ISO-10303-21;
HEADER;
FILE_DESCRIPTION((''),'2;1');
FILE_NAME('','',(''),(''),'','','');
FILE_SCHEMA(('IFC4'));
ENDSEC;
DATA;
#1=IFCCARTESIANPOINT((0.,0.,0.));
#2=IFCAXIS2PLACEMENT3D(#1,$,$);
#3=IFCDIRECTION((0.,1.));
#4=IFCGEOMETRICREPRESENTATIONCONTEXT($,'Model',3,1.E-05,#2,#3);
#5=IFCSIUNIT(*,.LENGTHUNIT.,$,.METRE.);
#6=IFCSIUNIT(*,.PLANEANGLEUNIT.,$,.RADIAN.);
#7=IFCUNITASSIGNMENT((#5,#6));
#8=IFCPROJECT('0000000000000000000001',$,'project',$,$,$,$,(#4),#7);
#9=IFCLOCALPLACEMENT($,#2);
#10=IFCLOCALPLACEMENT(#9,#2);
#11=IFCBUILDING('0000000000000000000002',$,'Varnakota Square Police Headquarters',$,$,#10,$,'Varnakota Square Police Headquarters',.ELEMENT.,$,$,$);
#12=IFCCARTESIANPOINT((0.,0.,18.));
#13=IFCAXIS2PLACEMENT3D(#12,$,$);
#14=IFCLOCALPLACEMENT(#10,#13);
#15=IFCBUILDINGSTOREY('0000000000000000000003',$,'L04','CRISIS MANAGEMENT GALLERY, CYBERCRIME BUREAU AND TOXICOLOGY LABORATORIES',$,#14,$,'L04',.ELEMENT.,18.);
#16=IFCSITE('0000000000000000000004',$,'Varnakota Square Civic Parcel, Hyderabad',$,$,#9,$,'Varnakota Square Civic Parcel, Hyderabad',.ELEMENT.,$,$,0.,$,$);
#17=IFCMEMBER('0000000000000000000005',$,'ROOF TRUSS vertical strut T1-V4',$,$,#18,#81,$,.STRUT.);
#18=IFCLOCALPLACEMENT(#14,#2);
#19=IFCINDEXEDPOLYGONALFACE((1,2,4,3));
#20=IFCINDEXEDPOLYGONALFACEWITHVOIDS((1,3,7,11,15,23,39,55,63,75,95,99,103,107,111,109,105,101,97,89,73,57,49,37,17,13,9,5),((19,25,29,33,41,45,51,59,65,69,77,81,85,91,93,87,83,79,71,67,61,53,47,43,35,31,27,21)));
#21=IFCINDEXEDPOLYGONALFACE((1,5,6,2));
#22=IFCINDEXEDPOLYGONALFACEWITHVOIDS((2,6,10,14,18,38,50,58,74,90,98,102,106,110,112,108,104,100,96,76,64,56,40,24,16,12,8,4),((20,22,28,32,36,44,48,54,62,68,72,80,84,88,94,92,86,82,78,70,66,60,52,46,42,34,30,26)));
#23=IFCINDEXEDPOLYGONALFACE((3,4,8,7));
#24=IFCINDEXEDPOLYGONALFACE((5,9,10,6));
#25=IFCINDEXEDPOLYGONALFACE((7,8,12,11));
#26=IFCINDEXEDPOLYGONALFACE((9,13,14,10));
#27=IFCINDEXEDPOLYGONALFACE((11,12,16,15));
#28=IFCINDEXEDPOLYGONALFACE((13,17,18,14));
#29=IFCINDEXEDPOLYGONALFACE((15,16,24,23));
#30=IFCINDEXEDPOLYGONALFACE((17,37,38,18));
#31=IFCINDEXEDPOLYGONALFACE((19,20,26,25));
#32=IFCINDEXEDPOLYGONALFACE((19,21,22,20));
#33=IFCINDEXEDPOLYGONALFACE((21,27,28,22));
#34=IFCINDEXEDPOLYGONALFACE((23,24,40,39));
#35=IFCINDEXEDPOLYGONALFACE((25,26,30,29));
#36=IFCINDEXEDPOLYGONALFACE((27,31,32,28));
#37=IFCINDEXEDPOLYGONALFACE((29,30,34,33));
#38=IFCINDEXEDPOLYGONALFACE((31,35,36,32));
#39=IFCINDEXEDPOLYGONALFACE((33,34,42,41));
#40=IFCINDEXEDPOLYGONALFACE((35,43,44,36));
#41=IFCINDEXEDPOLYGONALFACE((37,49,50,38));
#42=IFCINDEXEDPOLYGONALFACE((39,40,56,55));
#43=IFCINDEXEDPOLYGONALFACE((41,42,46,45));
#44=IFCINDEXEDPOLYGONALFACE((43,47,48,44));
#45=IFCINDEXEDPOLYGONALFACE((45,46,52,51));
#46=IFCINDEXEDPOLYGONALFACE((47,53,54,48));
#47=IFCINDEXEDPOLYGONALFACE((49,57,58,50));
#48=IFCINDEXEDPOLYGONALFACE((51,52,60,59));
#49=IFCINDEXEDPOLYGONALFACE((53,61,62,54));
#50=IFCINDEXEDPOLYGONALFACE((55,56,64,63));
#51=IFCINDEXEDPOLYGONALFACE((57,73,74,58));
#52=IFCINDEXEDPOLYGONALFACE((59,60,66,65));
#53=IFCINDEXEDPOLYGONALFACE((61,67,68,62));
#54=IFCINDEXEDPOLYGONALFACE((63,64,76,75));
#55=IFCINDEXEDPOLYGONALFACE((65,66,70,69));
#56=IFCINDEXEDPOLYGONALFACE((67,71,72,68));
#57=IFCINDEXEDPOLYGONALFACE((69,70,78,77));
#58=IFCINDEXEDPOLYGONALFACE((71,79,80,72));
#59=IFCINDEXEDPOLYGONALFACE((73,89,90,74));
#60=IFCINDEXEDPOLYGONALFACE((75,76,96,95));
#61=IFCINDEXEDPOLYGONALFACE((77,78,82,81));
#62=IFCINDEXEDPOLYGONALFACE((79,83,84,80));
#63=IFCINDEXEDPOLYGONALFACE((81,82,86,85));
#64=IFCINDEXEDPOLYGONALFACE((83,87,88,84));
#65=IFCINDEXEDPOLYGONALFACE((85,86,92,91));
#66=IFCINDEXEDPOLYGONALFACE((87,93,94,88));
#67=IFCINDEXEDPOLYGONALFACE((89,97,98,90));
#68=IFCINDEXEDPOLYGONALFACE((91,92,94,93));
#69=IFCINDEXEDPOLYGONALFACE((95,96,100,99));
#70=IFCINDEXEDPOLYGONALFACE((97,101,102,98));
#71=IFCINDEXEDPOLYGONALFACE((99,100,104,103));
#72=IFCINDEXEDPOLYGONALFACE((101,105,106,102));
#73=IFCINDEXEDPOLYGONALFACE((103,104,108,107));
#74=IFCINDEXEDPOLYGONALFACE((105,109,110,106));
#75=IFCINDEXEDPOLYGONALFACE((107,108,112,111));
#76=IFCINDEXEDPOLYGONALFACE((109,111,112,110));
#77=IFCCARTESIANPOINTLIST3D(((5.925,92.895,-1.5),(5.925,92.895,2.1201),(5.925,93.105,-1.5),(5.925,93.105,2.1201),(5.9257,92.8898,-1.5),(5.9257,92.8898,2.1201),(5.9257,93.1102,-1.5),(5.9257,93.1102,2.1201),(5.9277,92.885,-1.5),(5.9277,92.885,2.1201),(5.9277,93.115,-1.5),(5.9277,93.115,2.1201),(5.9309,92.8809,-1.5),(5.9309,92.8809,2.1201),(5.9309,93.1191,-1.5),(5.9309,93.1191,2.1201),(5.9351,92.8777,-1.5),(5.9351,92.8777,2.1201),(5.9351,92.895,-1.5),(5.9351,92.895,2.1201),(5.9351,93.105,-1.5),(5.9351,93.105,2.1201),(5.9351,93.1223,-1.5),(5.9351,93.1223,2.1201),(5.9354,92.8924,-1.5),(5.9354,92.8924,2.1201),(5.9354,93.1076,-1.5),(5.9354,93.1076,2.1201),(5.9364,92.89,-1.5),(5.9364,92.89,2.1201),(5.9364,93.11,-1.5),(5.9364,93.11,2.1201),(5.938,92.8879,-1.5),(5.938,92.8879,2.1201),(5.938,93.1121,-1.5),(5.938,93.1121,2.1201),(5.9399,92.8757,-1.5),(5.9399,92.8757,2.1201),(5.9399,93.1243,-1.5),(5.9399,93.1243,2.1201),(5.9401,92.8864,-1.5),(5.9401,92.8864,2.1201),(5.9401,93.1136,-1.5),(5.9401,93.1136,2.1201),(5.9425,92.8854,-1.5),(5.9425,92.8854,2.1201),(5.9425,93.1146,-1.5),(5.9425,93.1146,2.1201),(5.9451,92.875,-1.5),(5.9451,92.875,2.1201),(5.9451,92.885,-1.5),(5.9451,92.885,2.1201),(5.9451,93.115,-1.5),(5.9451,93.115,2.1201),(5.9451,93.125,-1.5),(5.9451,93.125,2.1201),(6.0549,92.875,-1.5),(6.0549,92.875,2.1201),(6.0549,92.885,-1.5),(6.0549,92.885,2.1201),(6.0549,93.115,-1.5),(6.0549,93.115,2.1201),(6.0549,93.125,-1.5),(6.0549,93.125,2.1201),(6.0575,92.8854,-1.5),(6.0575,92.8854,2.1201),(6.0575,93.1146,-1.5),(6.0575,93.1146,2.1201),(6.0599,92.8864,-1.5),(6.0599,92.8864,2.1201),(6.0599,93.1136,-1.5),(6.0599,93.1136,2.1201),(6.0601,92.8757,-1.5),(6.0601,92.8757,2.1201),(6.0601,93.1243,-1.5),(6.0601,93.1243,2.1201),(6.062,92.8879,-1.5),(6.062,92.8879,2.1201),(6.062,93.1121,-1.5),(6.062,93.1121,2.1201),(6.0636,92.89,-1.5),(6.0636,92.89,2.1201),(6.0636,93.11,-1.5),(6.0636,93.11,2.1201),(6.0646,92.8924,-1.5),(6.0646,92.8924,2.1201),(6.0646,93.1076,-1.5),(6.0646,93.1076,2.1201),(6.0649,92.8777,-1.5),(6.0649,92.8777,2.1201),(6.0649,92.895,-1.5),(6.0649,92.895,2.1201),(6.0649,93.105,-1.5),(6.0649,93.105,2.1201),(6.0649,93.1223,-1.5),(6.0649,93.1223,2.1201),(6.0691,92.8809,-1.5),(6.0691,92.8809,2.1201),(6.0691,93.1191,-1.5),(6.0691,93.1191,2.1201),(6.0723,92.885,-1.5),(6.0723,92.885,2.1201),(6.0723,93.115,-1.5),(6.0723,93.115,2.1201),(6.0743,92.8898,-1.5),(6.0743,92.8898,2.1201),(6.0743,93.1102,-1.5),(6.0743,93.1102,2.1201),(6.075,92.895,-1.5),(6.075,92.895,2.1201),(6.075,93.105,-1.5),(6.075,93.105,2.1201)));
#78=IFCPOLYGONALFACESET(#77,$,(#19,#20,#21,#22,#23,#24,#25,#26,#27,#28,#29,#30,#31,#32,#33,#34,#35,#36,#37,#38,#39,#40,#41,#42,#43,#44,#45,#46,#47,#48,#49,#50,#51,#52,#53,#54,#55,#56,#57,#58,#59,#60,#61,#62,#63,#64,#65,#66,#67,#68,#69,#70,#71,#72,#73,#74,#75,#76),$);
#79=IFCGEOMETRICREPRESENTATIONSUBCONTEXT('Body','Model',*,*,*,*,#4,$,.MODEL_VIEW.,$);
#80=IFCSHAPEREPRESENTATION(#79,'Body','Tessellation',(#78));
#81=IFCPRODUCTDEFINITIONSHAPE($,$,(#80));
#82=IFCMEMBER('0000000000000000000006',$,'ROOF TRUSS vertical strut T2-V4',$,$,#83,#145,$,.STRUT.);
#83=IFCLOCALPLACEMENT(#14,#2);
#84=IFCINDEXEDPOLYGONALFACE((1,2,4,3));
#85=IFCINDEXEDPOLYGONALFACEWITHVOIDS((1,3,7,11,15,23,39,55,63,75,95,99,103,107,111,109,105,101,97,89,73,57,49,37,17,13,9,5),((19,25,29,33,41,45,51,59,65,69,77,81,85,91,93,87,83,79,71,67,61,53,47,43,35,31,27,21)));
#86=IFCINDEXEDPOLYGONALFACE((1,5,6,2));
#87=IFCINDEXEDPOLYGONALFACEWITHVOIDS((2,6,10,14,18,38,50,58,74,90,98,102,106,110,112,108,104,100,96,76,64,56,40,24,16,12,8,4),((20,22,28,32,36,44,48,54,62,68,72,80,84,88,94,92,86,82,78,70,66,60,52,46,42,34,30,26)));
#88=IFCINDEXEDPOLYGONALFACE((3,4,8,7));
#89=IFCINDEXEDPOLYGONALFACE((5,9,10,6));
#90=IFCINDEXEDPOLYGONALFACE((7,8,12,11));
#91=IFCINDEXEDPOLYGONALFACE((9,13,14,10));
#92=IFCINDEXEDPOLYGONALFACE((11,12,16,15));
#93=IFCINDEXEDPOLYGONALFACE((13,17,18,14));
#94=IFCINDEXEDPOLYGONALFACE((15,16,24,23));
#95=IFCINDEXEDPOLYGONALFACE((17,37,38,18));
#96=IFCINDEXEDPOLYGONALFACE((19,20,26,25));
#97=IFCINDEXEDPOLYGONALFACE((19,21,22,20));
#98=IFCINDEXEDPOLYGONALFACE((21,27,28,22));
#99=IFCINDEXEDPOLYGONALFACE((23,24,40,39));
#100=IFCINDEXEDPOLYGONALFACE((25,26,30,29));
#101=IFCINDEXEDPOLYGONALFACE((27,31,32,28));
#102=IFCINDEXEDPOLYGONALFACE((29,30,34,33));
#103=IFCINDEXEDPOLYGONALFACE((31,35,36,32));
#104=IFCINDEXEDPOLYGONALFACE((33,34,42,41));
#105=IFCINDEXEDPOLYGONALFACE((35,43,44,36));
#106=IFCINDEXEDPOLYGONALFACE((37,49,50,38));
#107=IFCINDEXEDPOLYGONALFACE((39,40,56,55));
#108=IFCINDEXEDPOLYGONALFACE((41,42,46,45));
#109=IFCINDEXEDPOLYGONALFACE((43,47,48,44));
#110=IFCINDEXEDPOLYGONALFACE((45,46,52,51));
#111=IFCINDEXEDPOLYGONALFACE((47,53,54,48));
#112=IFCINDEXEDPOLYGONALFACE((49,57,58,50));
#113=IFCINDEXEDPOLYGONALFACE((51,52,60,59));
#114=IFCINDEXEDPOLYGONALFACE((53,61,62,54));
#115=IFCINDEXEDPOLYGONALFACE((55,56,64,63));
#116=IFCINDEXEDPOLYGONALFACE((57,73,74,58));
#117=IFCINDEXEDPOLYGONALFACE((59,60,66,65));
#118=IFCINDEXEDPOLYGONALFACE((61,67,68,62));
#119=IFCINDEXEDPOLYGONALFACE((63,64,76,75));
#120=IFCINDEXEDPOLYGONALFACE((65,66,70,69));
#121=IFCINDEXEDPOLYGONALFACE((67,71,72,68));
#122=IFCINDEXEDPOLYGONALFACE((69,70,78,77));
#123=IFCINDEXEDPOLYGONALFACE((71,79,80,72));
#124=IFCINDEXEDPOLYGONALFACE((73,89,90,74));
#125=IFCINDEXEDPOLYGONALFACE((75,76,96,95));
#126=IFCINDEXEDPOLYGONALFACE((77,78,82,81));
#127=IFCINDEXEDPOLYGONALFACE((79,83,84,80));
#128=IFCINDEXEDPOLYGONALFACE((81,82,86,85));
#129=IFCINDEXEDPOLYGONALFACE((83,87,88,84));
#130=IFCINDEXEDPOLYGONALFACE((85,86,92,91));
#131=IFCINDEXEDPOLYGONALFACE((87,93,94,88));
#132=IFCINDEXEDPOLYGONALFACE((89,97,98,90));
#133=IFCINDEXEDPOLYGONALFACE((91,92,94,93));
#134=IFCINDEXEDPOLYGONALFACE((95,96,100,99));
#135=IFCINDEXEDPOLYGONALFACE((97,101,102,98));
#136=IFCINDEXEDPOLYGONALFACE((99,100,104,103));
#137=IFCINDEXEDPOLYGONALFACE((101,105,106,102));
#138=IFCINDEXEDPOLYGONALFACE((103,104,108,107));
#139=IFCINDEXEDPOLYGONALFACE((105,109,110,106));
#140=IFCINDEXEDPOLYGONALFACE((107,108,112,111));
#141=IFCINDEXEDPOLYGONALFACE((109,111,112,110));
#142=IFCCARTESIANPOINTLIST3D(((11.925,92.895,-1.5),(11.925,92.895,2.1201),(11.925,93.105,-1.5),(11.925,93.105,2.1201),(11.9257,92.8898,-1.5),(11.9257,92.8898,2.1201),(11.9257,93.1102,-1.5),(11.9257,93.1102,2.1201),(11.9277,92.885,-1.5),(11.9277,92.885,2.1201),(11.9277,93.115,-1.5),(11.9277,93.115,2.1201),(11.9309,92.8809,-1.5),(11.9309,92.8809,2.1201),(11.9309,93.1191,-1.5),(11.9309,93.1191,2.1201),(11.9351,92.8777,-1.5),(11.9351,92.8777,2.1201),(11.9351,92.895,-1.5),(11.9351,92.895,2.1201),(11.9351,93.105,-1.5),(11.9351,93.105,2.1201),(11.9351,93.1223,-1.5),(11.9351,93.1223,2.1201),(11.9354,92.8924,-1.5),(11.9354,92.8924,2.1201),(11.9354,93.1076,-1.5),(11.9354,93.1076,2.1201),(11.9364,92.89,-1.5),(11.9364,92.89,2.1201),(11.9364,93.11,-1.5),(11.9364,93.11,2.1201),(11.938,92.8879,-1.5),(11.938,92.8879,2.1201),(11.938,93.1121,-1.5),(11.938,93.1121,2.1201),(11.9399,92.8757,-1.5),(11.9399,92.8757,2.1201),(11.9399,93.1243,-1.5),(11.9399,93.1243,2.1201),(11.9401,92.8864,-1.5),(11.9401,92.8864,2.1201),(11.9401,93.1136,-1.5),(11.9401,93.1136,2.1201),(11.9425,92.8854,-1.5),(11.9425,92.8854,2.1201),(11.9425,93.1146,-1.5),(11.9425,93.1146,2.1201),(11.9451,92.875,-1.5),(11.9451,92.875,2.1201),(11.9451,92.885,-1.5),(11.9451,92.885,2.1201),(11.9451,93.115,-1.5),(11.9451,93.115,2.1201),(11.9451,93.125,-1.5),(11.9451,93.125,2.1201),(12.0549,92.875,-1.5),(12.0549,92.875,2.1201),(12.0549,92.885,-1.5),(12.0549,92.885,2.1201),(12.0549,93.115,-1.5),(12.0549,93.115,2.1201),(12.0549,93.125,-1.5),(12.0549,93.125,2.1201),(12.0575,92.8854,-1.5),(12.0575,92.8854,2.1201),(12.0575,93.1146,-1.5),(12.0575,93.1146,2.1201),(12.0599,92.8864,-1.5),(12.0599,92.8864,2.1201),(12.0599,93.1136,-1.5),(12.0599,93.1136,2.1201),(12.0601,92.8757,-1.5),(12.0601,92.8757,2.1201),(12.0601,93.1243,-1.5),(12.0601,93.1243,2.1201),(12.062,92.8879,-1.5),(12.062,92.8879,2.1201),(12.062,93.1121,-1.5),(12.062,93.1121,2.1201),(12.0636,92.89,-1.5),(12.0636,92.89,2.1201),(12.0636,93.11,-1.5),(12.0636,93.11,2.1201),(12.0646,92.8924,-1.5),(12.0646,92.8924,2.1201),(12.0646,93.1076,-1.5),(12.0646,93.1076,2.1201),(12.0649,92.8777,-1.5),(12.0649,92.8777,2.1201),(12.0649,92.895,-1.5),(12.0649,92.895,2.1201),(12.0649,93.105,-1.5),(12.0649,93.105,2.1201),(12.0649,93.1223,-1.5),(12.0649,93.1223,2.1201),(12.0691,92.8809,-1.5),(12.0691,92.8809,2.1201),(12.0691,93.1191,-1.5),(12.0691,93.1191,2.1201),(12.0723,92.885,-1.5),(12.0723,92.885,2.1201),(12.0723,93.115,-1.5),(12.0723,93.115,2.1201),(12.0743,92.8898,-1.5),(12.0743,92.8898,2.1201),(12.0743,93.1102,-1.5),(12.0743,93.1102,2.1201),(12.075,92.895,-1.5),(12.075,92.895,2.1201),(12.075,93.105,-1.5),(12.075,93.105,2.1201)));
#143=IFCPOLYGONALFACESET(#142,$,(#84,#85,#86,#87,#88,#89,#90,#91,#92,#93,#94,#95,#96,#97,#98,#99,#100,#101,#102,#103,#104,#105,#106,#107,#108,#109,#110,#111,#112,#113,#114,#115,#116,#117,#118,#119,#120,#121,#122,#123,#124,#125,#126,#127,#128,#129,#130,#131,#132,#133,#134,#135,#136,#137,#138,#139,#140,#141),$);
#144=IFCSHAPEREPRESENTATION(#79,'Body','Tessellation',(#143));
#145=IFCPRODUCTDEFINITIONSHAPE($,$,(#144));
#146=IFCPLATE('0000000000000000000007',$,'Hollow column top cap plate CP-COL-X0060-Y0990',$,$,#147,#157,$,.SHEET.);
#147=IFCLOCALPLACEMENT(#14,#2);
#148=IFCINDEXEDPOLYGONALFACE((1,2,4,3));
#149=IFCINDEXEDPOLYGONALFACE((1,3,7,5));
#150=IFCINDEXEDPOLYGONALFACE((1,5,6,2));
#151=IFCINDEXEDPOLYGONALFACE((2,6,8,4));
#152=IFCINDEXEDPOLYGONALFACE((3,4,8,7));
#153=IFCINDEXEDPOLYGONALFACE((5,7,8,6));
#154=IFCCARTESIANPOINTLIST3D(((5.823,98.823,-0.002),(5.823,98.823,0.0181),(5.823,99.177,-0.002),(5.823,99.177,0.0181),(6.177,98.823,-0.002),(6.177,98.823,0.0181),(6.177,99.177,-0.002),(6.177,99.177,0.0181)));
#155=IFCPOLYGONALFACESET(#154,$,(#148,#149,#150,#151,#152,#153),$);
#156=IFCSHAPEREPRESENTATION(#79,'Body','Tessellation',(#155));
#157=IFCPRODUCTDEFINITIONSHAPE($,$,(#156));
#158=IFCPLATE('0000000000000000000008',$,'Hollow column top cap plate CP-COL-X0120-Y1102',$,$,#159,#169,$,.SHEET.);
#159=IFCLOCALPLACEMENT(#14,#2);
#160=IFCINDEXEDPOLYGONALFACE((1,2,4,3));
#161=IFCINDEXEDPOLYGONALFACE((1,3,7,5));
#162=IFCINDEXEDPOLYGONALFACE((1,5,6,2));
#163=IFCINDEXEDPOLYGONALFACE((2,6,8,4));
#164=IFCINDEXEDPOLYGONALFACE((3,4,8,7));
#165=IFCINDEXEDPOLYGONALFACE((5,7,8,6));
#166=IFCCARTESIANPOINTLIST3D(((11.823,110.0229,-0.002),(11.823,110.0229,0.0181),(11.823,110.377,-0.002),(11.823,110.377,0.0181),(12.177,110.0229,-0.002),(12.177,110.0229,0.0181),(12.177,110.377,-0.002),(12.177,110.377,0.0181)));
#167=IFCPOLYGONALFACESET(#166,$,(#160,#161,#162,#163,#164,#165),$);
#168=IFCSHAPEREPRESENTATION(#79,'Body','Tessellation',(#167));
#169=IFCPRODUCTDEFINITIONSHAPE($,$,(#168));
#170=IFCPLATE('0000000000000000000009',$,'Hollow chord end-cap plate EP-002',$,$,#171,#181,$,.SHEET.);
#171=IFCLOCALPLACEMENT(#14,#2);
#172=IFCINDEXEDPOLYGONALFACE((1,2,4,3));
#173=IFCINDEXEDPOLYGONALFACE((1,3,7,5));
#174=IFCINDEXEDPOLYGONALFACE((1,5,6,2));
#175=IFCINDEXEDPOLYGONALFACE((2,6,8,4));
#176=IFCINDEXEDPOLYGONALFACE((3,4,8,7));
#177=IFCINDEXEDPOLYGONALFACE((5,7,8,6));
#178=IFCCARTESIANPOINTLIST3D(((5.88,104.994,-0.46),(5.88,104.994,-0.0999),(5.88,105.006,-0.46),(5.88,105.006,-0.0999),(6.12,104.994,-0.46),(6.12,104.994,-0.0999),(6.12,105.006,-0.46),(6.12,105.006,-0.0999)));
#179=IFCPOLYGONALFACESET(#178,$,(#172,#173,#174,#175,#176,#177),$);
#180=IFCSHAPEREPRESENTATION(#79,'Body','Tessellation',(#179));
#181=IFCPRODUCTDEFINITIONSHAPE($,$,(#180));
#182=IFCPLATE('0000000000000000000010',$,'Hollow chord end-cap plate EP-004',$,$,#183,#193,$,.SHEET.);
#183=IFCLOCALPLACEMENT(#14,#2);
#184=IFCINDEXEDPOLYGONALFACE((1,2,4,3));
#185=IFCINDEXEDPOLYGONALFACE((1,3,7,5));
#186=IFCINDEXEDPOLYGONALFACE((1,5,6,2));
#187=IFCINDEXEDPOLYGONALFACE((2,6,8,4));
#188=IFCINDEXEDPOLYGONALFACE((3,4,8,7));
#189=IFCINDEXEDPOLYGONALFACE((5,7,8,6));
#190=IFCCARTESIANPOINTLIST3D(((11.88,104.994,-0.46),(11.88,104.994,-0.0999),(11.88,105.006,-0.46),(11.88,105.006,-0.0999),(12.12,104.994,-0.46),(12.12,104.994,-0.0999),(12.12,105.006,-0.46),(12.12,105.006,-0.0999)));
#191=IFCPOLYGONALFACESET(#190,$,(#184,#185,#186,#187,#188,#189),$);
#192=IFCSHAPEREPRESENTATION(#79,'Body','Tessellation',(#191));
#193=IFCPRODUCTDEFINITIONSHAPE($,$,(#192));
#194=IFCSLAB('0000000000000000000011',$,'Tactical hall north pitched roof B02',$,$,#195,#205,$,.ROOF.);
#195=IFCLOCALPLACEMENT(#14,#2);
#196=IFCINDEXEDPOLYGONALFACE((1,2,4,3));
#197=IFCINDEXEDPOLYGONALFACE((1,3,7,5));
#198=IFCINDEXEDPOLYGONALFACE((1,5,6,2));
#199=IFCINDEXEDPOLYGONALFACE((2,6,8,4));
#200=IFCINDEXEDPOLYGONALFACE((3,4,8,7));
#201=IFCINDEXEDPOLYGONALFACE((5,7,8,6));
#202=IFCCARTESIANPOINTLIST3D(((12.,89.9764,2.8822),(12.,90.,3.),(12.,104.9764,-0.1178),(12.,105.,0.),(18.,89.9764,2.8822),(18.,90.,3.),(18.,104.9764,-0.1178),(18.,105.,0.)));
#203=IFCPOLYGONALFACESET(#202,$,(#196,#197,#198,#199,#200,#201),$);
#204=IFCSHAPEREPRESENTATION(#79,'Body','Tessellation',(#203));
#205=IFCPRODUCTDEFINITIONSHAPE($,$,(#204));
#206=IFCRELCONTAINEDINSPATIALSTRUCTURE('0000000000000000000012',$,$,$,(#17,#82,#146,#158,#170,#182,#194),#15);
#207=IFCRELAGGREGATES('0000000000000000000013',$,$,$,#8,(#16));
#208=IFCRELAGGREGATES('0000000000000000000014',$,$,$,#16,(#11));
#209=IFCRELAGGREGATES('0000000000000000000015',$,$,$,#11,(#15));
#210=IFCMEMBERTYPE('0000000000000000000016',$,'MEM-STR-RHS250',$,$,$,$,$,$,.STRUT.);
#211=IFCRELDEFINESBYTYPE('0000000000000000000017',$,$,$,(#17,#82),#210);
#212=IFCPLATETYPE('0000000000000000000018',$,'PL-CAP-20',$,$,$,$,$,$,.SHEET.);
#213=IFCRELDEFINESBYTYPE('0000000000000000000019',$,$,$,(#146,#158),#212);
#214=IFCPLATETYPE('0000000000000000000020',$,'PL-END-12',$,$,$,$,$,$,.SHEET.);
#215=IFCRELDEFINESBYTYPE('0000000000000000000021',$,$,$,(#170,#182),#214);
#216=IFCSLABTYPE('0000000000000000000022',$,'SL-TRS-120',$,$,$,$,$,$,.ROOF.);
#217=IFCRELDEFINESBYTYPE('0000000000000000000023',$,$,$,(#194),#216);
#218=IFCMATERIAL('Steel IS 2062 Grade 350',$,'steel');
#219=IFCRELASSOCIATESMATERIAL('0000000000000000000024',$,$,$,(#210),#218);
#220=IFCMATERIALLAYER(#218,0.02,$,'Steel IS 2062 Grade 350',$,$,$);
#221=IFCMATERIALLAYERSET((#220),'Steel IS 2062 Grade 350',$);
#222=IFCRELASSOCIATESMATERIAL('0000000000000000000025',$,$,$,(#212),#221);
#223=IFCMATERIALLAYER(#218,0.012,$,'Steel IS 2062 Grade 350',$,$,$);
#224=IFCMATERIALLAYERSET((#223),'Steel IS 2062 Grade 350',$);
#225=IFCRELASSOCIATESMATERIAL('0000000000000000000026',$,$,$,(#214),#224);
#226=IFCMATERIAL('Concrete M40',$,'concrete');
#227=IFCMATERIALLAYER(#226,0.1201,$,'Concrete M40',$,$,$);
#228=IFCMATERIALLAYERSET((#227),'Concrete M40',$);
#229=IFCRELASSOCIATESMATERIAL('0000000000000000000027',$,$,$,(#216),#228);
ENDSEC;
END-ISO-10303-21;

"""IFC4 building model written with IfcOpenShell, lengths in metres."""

from ifc_helpers import new_model, si_unit, direction, frame, origin, origin_2d, place, context, subcontext, project, spatial, polyline, rectangle, hollow_rectangle, outline, extrude, material, layer, layer_set, material_profile, profile_set, type_object, element, save


model = new_model("IFC4")

# Units and contexts
model_context = context("Model", 3, precision=1e-05, world=origin(), true_north=direction((0.0, 1.0)))
body_context = subcontext(model_context, "Body", "Model", "MODEL_VIEW")
ifc_project = project(units=[si_unit("LENGTHUNIT", "METRE"), si_unit("PLANEANGLEUNIT", "RADIAN")], contexts=[model_context])

# Site, building, storey
site_placement = place(None, origin())
site = spatial("IfcSite", under=ifc_project, at=site_placement, Name="Varnakota Square Civic Parcel, Hyderabad", LongName="Varnakota Square Civic Parcel, Hyderabad", CompositionType="ELEMENT", RefElevation=0.0)
building_placement = place(site_placement, origin())
building = spatial("IfcBuilding", under=site, at=building_placement, Name="Varnakota Square Police Headquarters", LongName="Varnakota Square Police Headquarters", CompositionType="ELEMENT")
storey_placement = place(building_placement, frame((0.0, 0.0, 18.0)))
storey = spatial("IfcBuildingStorey", under=building, at=storey_placement, Name="L04", Description="CRISIS MANAGEMENT GALLERY, CYBERCRIME BUREAU AND TOXICOLOGY LABORATORIES", LongName="L04", CompositionType="ELEMENT", Elevation=18.0)

# Shared definitions
ifc_material_1 = material(Name="Steel IS 2062 Grade 350", Category="steel")

# Members
ifc_material_profile_1 = material_profile(ifc_material_1, hollow_rectangle(XDim=0.1499, YDim=0.25, WallThickness=0.01, InnerFilletRadius=0.01, OuterFilletRadius=0.02, at=origin_2d()), Name="RHS 250x150x10")
ifc_profile_set_1 = profile_set([ifc_material_profile_1], Name="Steel IS 2062 Grade 350")
member_type_1 = type_object("IfcMemberType", Name="MEM-STR-RHS250", PredefinedType="STRUT", material=ifc_profile_set_1)
for number, where, z_axis, x_axis, name in (
    (1, (6.0, 93.0, -1.5), (0.0, 0.0, 1.0), (1.0, 0.0, 0.0), "ROOF TRUSS vertical strut T1-V4"),
    (2, (12.0, 93.0, -1.5), (0.0, 0.0, 1.0), (1.0, 0.0, 0.0), "ROOF TRUSS vertical strut T2-V4"),
):
    element("IfcMember", number, at=place(storey_placement, frame(where, z_axis=z_axis, x_axis=x_axis)), inside=storey, type_object=member_type_1, Name=name, PredefinedType="STRUT", context=body_context, shape_type="SweptSolid", body=[
        extrude(hollow_rectangle(XDim=0.1499, YDim=0.25, WallThickness=0.01, InnerFilletRadius=0.01, OuterFilletRadius=0.02, at=origin_2d()), origin(), (0.0, 0.0, 1.0), 3.6201),
    ])

# Plates
ifc_layer_1 = layer(ifc_material_1, 0.02, Name="Steel IS 2062 Grade 350")
ifc_layer_set_1 = layer_set([ifc_layer_1], Name="Steel IS 2062 Grade 350")
plate_type_1 = type_object("IfcPlateType", Name="PL-CAP-20", PredefinedType="SHEET", material=ifc_layer_set_1)
for number, where, z_axis, x_axis, name in (
    (3, (6.0, 99.0, -0.002), (0.0, 0.0, 1.0), (1.0, 0.0, 0.0), "Hollow column top cap plate CP-COL-X0060-Y0990"),
    (4, (12.0, 110.2, -0.002), (0.0, 0.0, 1.0), (1.0, 0.0, 0.0), "Hollow column top cap plate CP-COL-X0120-Y1102"),
):
    element("IfcPlate", number, at=place(storey_placement, frame(where, z_axis=z_axis, x_axis=x_axis)), inside=storey, type_object=plate_type_1, Name=name, PredefinedType="SHEET", context=body_context, shape_type="SweptSolid", body=[
        extrude(rectangle(XDim=0.354, YDim=0.354, at=origin_2d()), origin(), (0.0, 0.0, 1.0), 0.02),
    ])
ifc_layer_2 = layer(ifc_material_1, 0.012, Name="Steel IS 2062 Grade 350")
ifc_layer_set_2 = layer_set([ifc_layer_2], Name="Steel IS 2062 Grade 350")
plate_type_2 = type_object("IfcPlateType", Name="PL-END-12", PredefinedType="SHEET", material=ifc_layer_set_2)
for number, where, z_axis, x_axis, name in (
    (5, (6.0, 105.0, -0.46), (0.0, 0.0, 1.0), (1.0, 0.0, 0.0), "Hollow chord end-cap plate EP-002"),
    (6, (12.0, 105.0, -0.46), (0.0, 0.0, 1.0), (1.0, 0.0, 0.0), "Hollow chord end-cap plate EP-004"),
):
    element("IfcPlate", number, at=place(storey_placement, frame(where, z_axis=z_axis, x_axis=x_axis)), inside=storey, type_object=plate_type_2, Name=name, PredefinedType="SHEET", context=body_context, shape_type="SweptSolid", body=[
        extrude(rectangle(XDim=0.24, YDim=0.012, at=origin_2d()), origin(), (0.0, 0.0, 1.0), 0.3601),
    ])

# Slab
ifc_material_2 = material(Name="Concrete M40", Category="concrete")
ifc_layer_3 = layer(ifc_material_2, 0.1201, Name="Concrete M40")
ifc_layer_set_3 = layer_set([ifc_layer_3], Name="Concrete M40")
slab_type = type_object("IfcSlabType", Name="SL-TRS-120", PredefinedType="ROOF", material=ifc_layer_set_3)
slab_placement = place(storey_placement, frame((12.0, 90.0, 3.0), z_axis=(0.0, 0.196116, 0.980581), x_axis=(1.0, 0.0, 0.0)))
element("IfcSlab", 7, at=slab_placement, inside=storey, type_object=slab_type, Name="Tactical hall north pitched roof B02", PredefinedType="ROOF", context=body_context, shape_type="SweptSolid", body=[
    extrude(outline(polyline([(0.0, 0.0), (6.0, 0.0), (6.0, 15.2971), (0.0, 15.2971), (0.0, 0.0)])), origin(), (0.0, 0.0, -1.0), 0.1201),
])

save(model, "model.ifc")
